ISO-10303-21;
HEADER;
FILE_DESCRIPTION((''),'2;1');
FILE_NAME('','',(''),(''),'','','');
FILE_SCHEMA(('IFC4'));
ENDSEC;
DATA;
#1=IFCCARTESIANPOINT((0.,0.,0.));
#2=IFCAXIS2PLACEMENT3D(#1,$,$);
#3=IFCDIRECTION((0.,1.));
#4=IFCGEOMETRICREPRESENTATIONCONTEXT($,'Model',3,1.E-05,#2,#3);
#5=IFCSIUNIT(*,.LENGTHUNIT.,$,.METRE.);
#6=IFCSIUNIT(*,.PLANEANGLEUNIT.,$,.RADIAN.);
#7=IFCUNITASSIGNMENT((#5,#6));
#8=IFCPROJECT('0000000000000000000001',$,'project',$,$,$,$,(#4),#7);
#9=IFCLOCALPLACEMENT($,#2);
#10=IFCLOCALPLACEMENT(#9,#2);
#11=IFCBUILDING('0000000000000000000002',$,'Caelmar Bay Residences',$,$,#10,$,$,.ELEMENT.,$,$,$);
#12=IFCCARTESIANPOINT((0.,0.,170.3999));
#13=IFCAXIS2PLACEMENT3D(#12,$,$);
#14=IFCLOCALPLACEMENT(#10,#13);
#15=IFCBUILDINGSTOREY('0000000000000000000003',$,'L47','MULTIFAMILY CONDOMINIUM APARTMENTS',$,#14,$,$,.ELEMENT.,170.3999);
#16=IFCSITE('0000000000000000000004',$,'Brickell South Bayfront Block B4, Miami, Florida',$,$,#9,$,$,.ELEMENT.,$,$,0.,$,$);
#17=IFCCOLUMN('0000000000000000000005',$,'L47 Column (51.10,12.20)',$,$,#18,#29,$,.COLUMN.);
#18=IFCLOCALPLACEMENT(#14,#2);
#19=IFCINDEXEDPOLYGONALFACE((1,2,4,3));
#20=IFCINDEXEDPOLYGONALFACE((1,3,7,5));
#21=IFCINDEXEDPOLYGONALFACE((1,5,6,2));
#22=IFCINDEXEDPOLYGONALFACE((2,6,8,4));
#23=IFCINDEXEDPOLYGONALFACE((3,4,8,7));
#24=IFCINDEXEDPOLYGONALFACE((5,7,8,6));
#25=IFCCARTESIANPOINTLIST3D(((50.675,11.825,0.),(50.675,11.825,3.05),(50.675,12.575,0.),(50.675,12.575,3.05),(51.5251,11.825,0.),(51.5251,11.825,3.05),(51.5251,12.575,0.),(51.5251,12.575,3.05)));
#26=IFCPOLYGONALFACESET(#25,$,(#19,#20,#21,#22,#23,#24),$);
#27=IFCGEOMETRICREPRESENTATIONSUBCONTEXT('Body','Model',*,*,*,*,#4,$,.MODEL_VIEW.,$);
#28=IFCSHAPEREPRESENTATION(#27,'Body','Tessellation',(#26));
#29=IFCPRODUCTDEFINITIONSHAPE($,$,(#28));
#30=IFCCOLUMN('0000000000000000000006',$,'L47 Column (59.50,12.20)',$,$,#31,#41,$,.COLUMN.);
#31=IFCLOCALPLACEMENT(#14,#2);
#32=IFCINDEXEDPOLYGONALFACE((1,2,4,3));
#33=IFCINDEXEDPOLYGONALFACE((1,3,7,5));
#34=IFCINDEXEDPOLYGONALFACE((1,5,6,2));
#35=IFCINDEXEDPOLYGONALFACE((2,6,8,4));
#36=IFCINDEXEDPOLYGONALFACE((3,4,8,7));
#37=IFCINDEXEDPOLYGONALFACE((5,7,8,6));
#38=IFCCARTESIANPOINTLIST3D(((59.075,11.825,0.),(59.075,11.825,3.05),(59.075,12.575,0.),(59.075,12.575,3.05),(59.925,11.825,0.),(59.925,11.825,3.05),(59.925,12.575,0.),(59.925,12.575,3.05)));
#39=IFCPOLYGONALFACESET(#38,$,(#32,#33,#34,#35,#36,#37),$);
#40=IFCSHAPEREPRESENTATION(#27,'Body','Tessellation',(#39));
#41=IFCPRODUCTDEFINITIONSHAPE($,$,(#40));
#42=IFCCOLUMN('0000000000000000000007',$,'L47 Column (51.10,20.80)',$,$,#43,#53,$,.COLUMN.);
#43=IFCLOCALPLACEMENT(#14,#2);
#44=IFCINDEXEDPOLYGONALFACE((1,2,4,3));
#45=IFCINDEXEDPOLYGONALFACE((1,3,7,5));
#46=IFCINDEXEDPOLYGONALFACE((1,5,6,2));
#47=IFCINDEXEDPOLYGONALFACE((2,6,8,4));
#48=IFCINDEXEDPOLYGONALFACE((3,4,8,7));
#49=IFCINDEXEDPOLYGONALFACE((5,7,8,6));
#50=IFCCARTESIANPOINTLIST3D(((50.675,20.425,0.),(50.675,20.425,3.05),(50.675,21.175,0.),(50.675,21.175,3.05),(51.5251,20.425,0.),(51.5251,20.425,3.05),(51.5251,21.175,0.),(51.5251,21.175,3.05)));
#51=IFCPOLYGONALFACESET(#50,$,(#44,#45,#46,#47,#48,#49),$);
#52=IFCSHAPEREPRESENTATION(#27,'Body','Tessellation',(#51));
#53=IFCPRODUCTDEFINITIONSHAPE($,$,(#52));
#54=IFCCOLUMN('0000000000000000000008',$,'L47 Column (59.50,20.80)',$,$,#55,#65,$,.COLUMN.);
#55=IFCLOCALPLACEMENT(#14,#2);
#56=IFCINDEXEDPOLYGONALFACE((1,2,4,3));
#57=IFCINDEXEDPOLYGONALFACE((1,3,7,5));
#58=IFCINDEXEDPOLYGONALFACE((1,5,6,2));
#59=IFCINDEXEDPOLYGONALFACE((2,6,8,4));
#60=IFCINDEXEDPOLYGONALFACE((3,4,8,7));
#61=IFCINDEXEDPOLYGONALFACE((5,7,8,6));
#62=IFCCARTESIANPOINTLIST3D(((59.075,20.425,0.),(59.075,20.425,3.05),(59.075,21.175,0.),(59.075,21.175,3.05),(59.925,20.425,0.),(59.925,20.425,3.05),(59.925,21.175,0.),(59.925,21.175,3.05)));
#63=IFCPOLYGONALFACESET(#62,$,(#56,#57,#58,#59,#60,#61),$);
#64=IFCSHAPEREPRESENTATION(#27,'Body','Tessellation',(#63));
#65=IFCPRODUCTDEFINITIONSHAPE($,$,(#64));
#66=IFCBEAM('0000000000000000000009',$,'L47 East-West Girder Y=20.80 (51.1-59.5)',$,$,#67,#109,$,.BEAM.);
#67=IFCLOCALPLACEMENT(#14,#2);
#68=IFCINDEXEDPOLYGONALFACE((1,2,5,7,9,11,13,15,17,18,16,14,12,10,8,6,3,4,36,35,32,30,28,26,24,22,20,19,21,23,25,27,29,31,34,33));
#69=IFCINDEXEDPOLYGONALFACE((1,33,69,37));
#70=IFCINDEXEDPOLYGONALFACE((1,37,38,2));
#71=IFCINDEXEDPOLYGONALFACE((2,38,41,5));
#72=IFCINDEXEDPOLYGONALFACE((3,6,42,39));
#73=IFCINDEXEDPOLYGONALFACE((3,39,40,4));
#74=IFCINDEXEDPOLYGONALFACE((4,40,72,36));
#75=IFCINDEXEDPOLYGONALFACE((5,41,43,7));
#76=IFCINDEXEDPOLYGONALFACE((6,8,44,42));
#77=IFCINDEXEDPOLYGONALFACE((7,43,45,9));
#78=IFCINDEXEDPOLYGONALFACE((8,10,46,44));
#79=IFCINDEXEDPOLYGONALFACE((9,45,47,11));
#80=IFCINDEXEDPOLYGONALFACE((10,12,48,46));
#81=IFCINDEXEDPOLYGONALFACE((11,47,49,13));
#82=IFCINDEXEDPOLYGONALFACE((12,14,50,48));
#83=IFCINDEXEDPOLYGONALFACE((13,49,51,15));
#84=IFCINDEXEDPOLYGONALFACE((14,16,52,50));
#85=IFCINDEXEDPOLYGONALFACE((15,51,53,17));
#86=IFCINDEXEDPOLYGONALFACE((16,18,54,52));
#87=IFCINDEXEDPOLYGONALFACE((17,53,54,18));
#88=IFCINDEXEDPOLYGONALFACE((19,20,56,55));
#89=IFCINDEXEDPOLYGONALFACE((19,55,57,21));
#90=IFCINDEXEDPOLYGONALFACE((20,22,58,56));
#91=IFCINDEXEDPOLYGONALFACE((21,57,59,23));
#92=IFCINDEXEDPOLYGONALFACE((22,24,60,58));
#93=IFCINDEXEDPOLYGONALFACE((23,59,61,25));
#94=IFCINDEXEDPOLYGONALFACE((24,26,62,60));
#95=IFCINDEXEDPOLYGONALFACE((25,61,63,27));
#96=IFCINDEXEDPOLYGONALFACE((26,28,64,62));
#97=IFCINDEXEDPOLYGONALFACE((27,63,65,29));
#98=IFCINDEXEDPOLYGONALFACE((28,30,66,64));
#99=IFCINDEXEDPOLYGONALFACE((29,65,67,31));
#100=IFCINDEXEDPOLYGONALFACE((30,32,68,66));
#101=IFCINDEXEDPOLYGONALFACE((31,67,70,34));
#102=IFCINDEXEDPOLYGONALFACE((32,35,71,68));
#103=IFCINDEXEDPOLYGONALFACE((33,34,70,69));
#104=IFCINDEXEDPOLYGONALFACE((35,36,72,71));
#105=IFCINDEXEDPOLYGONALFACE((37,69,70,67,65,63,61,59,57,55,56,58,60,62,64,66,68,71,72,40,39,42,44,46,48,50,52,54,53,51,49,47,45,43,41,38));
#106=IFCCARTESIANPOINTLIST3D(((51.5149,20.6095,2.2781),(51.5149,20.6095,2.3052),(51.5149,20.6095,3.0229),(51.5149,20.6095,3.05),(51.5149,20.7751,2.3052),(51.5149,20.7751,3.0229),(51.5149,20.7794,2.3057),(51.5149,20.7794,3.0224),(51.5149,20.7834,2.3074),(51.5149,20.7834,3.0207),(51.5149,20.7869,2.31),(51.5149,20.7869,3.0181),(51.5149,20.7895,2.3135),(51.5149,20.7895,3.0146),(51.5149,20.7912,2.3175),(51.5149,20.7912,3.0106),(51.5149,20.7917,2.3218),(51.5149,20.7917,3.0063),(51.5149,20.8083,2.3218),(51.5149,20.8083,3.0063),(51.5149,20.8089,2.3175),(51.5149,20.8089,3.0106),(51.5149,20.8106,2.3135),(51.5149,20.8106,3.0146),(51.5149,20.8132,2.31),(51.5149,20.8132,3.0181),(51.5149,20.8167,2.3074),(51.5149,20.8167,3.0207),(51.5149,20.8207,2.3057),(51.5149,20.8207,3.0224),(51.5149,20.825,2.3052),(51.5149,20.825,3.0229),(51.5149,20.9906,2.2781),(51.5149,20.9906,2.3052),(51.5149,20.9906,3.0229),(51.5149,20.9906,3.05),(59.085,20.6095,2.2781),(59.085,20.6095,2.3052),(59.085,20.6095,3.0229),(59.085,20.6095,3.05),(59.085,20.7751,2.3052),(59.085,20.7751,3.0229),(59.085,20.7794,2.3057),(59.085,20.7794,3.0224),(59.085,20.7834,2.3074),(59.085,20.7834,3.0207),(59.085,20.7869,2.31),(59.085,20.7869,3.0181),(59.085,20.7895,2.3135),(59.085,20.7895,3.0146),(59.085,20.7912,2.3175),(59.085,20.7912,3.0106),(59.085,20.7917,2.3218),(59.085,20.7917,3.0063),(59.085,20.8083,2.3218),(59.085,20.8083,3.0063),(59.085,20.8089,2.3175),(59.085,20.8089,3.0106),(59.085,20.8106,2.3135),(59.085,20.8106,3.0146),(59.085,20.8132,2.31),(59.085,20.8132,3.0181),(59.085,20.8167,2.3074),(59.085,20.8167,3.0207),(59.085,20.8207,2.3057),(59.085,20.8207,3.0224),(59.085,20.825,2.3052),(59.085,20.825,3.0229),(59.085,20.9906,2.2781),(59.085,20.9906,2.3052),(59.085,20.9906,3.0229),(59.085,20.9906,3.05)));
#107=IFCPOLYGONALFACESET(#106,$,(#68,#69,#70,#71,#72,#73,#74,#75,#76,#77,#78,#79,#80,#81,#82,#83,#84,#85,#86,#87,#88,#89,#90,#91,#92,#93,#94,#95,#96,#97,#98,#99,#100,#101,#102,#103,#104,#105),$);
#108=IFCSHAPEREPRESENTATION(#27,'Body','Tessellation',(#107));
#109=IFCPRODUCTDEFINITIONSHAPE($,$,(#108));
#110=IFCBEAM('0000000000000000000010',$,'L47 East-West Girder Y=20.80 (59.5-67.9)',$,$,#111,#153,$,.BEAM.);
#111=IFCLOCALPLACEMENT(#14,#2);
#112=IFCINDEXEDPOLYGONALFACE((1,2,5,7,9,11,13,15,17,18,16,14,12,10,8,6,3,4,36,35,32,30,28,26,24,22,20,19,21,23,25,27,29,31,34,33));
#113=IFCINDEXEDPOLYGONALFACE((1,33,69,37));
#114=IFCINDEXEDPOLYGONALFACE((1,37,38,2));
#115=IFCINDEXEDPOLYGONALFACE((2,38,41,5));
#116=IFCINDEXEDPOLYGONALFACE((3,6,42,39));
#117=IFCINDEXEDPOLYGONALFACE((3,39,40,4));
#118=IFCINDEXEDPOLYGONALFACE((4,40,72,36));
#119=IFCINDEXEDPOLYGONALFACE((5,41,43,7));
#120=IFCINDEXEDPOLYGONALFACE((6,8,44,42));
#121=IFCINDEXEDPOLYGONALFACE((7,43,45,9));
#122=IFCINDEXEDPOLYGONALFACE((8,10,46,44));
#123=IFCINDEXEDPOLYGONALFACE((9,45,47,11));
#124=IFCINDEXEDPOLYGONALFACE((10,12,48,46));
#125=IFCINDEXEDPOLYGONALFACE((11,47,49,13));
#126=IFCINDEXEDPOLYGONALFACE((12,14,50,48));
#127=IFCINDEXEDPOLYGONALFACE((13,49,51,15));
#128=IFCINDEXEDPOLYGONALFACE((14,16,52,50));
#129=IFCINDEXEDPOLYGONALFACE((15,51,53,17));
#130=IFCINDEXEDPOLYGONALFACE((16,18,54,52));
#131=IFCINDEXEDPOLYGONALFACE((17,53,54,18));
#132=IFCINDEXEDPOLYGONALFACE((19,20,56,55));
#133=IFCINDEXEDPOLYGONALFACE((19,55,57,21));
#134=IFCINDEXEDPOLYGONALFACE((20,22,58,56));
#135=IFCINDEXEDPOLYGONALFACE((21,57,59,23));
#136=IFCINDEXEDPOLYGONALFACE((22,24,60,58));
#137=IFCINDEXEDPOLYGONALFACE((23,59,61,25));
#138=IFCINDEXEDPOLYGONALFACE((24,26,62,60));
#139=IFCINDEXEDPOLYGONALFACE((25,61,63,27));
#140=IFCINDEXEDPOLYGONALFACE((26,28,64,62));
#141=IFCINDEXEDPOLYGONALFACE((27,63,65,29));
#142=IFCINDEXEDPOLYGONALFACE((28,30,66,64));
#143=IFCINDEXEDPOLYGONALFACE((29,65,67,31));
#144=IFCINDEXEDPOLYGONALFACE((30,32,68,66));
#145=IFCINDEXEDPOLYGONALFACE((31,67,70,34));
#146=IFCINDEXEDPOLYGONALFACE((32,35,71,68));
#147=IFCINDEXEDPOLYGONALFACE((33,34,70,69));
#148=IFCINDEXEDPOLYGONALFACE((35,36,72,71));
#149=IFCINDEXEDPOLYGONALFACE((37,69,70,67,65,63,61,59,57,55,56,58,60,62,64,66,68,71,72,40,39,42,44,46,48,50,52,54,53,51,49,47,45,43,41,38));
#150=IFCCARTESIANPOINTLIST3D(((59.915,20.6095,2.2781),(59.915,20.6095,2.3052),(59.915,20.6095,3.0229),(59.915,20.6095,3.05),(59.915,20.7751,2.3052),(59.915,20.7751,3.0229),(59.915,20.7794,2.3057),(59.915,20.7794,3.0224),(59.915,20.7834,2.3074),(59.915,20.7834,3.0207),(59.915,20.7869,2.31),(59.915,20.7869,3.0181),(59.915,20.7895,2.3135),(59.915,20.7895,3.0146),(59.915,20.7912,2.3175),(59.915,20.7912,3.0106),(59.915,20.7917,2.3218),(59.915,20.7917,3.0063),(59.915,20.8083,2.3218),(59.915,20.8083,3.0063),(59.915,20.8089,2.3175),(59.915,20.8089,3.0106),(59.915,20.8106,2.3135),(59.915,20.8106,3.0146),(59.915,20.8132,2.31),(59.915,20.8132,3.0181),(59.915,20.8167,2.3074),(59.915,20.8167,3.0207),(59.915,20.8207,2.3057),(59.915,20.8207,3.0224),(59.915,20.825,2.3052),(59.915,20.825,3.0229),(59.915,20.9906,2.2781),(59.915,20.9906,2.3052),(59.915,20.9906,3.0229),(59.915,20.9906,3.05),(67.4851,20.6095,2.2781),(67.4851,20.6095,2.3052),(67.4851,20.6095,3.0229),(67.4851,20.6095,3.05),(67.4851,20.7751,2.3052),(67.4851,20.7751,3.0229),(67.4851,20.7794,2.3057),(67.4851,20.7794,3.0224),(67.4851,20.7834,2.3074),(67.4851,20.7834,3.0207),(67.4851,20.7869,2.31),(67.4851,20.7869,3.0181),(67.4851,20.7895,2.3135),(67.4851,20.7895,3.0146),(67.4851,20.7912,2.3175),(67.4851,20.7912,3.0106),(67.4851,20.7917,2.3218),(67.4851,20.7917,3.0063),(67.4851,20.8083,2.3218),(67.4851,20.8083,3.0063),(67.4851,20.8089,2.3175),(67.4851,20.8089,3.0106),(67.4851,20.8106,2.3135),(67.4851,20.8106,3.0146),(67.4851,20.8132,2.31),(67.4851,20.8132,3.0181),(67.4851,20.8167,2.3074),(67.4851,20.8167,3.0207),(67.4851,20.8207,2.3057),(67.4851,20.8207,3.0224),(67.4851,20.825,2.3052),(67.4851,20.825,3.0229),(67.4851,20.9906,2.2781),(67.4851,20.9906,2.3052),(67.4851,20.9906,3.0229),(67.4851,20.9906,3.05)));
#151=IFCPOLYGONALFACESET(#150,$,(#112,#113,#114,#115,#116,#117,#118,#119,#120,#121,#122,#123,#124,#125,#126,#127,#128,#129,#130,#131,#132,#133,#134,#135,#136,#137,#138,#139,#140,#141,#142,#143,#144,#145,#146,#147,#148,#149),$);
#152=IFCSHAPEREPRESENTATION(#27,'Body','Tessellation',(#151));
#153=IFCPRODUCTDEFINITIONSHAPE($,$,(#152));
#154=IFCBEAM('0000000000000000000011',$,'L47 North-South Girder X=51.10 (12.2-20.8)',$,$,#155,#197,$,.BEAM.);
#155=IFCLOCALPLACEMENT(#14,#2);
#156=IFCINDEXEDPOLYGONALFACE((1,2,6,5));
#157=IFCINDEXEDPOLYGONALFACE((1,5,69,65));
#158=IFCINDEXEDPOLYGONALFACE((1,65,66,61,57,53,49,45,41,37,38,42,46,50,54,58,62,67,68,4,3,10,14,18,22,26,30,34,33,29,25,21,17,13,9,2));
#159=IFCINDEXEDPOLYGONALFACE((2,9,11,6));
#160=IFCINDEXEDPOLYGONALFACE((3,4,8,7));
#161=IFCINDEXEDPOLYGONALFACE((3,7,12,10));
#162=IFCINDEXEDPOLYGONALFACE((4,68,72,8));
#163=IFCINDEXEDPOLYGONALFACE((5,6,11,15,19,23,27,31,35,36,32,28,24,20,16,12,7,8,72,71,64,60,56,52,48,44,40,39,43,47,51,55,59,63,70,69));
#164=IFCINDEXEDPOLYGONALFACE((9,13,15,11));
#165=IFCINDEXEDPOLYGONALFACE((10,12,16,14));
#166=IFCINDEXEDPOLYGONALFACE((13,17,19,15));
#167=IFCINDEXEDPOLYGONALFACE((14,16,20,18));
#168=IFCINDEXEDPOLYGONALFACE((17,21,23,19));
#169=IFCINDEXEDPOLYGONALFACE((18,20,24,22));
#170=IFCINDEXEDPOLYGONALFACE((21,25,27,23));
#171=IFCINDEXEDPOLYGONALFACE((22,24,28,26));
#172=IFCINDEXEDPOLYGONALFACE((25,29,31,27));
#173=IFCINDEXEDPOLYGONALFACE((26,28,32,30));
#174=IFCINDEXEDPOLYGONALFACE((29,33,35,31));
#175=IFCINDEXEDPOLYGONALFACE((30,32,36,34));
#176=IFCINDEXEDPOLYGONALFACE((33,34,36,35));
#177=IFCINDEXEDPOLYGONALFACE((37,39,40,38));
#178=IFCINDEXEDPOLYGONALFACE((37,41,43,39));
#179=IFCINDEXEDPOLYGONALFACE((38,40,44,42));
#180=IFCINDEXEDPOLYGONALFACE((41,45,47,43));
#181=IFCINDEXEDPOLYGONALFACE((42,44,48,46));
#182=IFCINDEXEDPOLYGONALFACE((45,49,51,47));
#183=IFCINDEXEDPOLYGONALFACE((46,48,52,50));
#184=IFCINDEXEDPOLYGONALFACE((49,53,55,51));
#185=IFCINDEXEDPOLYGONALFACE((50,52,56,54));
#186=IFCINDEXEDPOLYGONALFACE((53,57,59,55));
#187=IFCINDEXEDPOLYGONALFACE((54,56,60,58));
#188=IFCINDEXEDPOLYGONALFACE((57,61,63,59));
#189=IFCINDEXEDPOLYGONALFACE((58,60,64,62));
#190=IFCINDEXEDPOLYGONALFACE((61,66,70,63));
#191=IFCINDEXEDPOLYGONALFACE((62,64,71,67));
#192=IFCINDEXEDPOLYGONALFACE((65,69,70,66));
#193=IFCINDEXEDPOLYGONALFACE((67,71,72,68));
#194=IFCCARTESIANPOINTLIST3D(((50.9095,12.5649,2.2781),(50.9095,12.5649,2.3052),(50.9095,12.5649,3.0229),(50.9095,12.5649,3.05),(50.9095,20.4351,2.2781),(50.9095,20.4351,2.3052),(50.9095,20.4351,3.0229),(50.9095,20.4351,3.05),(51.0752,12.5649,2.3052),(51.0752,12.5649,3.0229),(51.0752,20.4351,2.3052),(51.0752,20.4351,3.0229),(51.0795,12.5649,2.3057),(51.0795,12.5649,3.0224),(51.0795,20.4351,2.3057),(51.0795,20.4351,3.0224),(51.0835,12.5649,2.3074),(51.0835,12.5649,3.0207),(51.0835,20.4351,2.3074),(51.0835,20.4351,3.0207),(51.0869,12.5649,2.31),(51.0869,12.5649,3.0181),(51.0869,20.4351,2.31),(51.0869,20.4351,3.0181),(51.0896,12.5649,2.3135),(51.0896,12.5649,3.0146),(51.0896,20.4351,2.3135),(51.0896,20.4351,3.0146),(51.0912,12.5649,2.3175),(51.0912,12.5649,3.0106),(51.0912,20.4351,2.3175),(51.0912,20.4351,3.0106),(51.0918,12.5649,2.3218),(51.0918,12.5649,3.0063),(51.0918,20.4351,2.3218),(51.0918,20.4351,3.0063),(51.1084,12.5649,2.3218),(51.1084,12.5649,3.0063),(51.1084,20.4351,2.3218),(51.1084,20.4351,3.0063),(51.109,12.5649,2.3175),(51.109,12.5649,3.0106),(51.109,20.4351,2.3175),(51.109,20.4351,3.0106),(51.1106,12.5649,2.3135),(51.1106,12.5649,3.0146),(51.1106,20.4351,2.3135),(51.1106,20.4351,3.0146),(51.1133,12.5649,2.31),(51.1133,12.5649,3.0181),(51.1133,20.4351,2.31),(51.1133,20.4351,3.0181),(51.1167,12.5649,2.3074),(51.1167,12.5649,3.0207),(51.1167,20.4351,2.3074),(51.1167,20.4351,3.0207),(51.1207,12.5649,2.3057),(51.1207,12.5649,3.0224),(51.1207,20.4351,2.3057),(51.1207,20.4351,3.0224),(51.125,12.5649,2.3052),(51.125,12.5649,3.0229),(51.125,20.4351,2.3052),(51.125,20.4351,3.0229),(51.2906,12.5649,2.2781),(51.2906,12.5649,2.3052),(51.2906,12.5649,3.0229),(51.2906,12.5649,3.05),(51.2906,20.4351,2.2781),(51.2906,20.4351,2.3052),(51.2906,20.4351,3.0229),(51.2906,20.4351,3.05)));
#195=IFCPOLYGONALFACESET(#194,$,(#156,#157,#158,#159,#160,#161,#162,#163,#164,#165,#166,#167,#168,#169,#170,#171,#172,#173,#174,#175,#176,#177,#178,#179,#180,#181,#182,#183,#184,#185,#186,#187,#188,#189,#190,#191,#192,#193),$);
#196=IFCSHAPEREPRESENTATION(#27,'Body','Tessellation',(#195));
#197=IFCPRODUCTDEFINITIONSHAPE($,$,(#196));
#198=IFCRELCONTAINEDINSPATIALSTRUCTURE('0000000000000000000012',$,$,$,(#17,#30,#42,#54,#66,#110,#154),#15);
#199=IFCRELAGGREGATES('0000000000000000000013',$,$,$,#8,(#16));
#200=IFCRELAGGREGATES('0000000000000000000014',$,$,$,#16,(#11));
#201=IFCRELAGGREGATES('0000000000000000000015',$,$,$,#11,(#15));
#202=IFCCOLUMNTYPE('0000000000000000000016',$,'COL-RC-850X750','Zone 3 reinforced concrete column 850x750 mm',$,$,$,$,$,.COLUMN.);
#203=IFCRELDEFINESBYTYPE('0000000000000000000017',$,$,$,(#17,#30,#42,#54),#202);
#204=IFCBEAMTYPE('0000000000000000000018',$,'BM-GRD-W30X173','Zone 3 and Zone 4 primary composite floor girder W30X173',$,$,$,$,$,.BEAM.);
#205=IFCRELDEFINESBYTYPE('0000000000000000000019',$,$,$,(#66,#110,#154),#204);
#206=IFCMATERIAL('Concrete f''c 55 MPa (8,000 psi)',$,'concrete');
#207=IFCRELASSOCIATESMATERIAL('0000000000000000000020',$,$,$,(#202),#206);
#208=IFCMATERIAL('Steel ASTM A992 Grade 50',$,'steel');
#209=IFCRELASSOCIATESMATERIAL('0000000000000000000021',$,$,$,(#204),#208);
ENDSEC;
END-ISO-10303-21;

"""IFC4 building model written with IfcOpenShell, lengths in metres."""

from ifc_helpers import new_model, si_unit, direction, frame, origin, origin_2d, place, context, subcontext, project, spatial, rectangle, i_section, extrude, material, material_profile, profile_set, type_object, element, save


model = new_model("IFC4")

# Units and contexts
model_context = context("Model", 3, precision=1e-05, world=origin(), true_north=direction((0.0, 1.0)))
body_context = subcontext(model_context, "Body", "Model", "MODEL_VIEW")
ifc_project = project(units=[si_unit("LENGTHUNIT", "METRE"), si_unit("PLANEANGLEUNIT", "RADIAN")], contexts=[model_context])

# Site, building, storey
site_placement = place(None, origin())
site = spatial("IfcSite", under=ifc_project, at=site_placement, Name="Brickell South Bayfront Block B4, Miami, Florida", CompositionType="ELEMENT", RefElevation=0.0)
building_placement = place(site_placement, origin())
building = spatial("IfcBuilding", under=site, at=building_placement, Name="Caelmar Bay Residences", CompositionType="ELEMENT")
storey_placement = place(building_placement, frame((0.0, 0.0, 170.3999)))
storey = spatial("IfcBuildingStorey", under=building, at=storey_placement, Name="L47", Description="MULTIFAMILY CONDOMINIUM APARTMENTS", CompositionType="ELEMENT", Elevation=170.3999)

# Columns
ifc_material_1 = material(Name="Concrete f'c 55 MPa (8,000 psi)", Category="concrete")
ifc_material_profile_1 = material_profile(ifc_material_1, rectangle(XDim=0.8501, YDim=0.75, at=origin_2d()), Name="RC-COL-850X750")
ifc_profile_set_1 = profile_set([ifc_material_profile_1], Name="Concrete f'c 55 MPa (8,000 psi)")
column_type = type_object("IfcColumnType", Name="COL-RC-850X750", Description="Zone 3 reinforced concrete column 850x750 mm", PredefinedType="COLUMN", material=ifc_profile_set_1)
for number, where, z_axis, x_axis, name in (
    (1, (51.1001, 12.2, 0.0), (0.0, 0.0, 1.0), (1.0, 0.0, 0.0), "L47 Column (51.10,12.20)"),
    (2, (59.5, 12.2, 0.0), (0.0, 0.0, 1.0), (1.0, 0.0, 0.0), "L47 Column (59.50,12.20)"),
    (3, (51.1001, 20.8, 0.0), (0.0, 0.0, 1.0), (1.0, 0.0, 0.0), "L47 Column (51.10,20.80)"),
    (4, (59.5, 20.8, 0.0), (0.0, 0.0, 1.0), (1.0, 0.0, 0.0), "L47 Column (59.50,20.80)"),
):
    element("IfcColumn", number, at=place(storey_placement, frame(where, z_axis=z_axis, x_axis=x_axis)), inside=storey, type_object=column_type, Name=name, PredefinedType="COLUMN", context=body_context, shape_type="SweptSolid", body=[
        extrude(rectangle(XDim=0.8501, YDim=0.75, at=origin_2d()), origin(), (0.0, 0.0, 1.0), 3.05),
    ])

# Beams
ifc_material_2 = material(Name="Steel ASTM A992 Grade 50", Category="steel")
ifc_material_profile_2 = material_profile(ifc_material_2, i_section(OverallWidth=0.3811, OverallDepth=0.772, WebThickness=0.0166, FlangeThickness=0.0271, FilletRadius=0.0166, at=origin_2d()), Name="W30X173")
ifc_profile_set_2 = profile_set([ifc_material_profile_2], Name="Steel ASTM A992 Grade 50")
beam_type_1 = type_object("IfcBeamType", Name="BM-GRD-W30X173", Description="Zone 3 and Zone 4 primary composite floor girder W30X173", PredefinedType="BEAM", material=ifc_profile_set_2)
for number, where, z_axis, x_axis, name in (
    (5, (51.5149, 20.8, 2.6641), (1.0, 0.0, 0.0), (0.0, 1.0, 0.0), "L47 East-West Girder Y=20.80 (51.1-59.5)"),
    (6, (59.915, 20.8, 2.6641), (1.0, 0.0, 0.0), (0.0, 1.0, 0.0), "L47 East-West Girder Y=20.80 (59.5-67.9)"),
):
    element("IfcBeam", number, at=place(storey_placement, frame(where, z_axis=z_axis, x_axis=x_axis)), inside=storey, type_object=beam_type_1, Name=name, PredefinedType="BEAM", context=body_context, shape_type="SweptSolid", body=[
        extrude(i_section(OverallWidth=0.3811, OverallDepth=0.772, WebThickness=0.0166, FlangeThickness=0.0271, FilletRadius=0.0166, at=origin_2d()), origin(), (0.0, 0.0, 1.0), 7.5701),
    ])
for number, where, z_axis, x_axis, name in (
    (7, (51.1001, 12.5649, 2.6641), (0.0, 1.0, 0.0), (-1.0, 0.0, 0.0), "L47 North-South Girder X=51.10 (12.2-20.8)"),
):
    element("IfcBeam", number, at=place(storey_placement, frame(where, z_axis=z_axis, x_axis=x_axis)), inside=storey, type_object=beam_type_1, Name=name, PredefinedType="BEAM", context=body_context, shape_type="SweptSolid", body=[
        extrude(i_section(OverallWidth=0.3811, OverallDepth=0.772, WebThickness=0.0166, FlangeThickness=0.0271, FilletRadius=0.0166, at=origin_2d()), origin(), (0.0, 0.0, 1.0), 7.8701),
    ])

save(model, "model.ifc")
